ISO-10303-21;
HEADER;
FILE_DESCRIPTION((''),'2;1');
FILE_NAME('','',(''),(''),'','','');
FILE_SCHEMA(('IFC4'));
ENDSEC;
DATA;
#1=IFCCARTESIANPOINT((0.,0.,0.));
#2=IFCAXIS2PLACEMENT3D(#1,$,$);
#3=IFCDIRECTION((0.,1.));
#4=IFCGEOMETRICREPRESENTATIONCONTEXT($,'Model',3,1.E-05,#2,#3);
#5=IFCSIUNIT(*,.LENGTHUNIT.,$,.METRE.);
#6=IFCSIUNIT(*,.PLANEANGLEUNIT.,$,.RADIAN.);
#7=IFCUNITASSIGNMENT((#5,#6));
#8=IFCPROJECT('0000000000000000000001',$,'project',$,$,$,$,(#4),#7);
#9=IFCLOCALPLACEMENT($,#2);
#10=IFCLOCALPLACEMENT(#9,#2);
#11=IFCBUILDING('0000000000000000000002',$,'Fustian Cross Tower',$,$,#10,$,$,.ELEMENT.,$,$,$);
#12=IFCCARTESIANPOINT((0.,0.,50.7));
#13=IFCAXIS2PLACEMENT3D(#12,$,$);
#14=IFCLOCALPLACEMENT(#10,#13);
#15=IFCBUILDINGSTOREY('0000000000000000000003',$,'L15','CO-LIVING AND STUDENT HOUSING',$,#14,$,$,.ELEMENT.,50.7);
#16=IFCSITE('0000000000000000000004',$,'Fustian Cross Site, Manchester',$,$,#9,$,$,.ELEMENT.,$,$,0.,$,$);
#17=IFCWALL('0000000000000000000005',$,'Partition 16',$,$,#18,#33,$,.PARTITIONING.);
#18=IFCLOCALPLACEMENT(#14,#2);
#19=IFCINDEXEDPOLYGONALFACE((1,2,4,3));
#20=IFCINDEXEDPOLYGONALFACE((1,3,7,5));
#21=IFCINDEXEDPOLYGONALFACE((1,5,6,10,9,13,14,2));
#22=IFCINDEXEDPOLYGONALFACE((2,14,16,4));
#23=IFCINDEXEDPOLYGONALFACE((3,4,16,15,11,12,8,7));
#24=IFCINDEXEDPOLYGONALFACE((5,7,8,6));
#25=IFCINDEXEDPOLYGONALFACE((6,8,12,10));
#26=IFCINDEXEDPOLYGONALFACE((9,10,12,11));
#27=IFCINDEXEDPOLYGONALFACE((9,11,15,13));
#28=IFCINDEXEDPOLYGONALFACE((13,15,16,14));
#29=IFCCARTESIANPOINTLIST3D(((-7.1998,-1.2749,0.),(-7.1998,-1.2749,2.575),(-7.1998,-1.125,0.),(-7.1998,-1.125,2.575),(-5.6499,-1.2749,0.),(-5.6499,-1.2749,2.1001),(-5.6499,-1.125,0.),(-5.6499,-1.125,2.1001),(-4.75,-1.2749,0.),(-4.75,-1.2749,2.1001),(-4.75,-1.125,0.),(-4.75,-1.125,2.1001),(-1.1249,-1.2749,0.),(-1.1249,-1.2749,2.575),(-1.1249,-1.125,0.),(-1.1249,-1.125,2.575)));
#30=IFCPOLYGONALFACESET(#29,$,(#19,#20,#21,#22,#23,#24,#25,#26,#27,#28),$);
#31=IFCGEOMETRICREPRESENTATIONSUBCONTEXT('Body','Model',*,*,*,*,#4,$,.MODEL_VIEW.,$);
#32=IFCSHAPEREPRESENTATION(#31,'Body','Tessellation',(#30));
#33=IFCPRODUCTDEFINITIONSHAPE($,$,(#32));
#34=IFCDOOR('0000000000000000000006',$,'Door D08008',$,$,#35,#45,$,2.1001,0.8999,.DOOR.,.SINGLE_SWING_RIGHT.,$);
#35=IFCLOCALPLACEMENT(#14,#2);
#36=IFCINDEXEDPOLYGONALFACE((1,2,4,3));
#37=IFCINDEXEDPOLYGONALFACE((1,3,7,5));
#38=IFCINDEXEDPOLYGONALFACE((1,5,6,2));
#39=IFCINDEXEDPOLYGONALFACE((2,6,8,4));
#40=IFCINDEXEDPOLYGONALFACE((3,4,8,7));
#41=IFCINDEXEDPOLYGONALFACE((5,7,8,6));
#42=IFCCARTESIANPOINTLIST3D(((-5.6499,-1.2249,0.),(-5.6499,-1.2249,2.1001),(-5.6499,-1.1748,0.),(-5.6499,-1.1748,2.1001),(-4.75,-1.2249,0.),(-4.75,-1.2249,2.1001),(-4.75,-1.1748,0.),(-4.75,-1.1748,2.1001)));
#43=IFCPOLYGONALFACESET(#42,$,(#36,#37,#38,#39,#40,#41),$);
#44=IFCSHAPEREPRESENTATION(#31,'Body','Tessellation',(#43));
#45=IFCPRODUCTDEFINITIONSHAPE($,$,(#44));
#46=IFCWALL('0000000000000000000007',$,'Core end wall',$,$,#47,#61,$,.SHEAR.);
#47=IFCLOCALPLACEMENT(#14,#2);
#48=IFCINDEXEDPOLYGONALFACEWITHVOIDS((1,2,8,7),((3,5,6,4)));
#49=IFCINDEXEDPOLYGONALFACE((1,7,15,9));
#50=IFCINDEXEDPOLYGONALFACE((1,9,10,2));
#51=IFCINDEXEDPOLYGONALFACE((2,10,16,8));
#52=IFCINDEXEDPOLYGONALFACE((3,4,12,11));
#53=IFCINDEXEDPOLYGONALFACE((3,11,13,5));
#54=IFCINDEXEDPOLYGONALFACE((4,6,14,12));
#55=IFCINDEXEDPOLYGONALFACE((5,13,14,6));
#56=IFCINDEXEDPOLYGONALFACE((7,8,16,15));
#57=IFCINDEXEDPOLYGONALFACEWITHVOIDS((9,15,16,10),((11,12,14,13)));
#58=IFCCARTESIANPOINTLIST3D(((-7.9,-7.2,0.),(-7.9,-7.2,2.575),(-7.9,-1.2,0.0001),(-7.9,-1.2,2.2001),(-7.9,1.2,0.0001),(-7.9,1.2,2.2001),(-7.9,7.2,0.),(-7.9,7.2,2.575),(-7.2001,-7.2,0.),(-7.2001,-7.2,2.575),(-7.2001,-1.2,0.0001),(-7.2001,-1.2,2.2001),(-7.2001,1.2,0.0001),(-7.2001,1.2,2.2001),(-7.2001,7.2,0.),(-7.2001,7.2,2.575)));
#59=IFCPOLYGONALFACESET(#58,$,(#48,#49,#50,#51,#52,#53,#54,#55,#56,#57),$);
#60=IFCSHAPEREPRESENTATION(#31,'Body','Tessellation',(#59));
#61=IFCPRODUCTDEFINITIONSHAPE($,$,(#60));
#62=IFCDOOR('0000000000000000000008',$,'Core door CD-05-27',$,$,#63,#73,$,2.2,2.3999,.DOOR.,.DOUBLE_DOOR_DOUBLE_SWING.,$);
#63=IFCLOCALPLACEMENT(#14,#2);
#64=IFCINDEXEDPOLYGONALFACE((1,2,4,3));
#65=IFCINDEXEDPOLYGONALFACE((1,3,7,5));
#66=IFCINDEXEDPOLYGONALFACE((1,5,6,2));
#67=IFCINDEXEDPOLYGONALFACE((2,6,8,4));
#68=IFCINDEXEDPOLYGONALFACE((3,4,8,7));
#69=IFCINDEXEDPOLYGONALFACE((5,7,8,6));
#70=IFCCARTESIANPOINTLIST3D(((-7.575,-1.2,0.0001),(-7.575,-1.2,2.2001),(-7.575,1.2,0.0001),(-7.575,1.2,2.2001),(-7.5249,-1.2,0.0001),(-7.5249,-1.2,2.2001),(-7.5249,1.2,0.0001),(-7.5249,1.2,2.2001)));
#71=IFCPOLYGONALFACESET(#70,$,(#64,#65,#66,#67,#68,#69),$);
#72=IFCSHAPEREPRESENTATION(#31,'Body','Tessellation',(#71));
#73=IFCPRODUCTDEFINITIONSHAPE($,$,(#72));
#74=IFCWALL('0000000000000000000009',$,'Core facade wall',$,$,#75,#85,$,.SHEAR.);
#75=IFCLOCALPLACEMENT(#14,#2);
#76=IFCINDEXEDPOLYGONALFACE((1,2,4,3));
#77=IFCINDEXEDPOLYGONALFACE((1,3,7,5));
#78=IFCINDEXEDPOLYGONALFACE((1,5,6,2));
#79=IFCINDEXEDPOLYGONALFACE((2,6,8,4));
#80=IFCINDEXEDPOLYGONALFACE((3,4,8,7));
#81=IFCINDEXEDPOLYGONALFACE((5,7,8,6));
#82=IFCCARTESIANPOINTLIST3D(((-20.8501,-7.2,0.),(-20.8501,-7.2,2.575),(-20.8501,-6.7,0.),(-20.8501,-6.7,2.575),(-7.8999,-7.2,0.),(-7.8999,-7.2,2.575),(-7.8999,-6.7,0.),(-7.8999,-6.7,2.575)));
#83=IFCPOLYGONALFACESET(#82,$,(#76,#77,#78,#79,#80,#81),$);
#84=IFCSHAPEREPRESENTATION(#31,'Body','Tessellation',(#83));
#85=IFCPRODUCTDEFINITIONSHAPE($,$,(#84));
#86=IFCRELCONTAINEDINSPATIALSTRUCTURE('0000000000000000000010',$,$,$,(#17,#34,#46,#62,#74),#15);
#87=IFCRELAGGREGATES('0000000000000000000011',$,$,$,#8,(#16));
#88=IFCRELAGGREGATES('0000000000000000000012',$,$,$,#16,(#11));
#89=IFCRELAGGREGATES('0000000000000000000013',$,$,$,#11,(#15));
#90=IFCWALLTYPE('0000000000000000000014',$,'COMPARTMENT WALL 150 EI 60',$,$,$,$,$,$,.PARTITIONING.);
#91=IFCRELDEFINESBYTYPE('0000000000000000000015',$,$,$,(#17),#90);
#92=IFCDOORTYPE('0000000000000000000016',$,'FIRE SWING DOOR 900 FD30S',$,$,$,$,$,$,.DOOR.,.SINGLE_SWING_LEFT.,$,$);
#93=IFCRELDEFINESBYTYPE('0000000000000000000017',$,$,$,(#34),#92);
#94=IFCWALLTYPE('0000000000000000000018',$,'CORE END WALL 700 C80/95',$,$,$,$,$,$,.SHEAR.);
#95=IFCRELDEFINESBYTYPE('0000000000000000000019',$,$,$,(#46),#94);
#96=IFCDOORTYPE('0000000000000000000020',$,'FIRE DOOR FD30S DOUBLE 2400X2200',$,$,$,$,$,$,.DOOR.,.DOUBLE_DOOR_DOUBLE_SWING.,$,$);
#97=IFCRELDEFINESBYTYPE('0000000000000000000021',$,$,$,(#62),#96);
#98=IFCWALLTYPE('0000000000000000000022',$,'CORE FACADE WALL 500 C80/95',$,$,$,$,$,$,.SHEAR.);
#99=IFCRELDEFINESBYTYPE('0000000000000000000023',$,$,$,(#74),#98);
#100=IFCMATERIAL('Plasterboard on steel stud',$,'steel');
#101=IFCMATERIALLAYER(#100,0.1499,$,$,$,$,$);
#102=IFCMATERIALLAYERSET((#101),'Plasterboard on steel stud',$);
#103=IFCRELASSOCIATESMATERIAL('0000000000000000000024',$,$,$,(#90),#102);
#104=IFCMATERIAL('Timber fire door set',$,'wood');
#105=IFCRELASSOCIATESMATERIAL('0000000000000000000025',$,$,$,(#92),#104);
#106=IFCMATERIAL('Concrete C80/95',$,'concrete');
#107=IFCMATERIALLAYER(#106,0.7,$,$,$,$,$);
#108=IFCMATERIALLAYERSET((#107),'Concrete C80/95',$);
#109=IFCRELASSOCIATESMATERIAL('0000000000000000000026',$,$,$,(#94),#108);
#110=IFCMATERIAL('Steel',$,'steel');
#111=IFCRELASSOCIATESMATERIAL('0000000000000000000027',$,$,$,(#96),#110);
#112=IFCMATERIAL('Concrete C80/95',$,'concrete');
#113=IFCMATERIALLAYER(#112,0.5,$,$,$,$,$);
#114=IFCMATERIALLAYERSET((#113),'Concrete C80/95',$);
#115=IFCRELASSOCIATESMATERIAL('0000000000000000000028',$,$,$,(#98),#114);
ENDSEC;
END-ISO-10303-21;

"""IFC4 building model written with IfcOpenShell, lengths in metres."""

from ifc_helpers import new_model, si_unit, direction, frame, frame_2d, origin, place, context, subcontext, project, spatial, rectangle, extrude, material, layer, layer_set, type_object, element, fill, save


model = new_model("IFC4")

# Units and contexts
model_context = context("Model", 3, precision=1e-05, world=origin(), true_north=direction((0.0, 1.0)))
body_context = subcontext(model_context, "Body", "Model", "MODEL_VIEW")
ifc_project = project(units=[si_unit("LENGTHUNIT", "METRE"), si_unit("PLANEANGLEUNIT", "RADIAN")], contexts=[model_context])

# Site, building, storey
site_placement = place(None, origin())
site = spatial("IfcSite", under=ifc_project, at=site_placement, Name="Fustian Cross Site, Manchester", CompositionType="ELEMENT", RefElevation=0.0)
building_placement = place(site_placement, origin())
building = spatial("IfcBuilding", under=site, at=building_placement, Name="Fustian Cross Tower", CompositionType="ELEMENT")
storey_placement = place(building_placement, frame((0.0, 0.0, 50.7)))
storey = spatial("IfcBuildingStorey", under=building, at=storey_placement, Name="L15", Description="CO-LIVING AND STUDENT HOUSING", CompositionType="ELEMENT", Elevation=50.7)

# Walls, openings, doors
ifc_material_1 = material(Name="Plasterboard on steel stud", Category="steel")
ifc_layer_1 = layer(ifc_material_1, 0.1499)
ifc_layer_set_1 = layer_set([ifc_layer_1], Name="Plasterboard on steel stud")
wall_type_1 = type_object("IfcWallType", Name="COMPARTMENT WALL 150 EI 60", PredefinedType="PARTITIONING", material=ifc_layer_set_1)
wall_1_placement = place(storey_placement, frame((-7.2, -1.2, 0.0), z_axis=(0.0, 0.0, 1.0), x_axis=(1.0, 0.0, 0.0)))
wall_1 = element("IfcWall", 1, at=wall_1_placement, inside=storey, type_object=wall_type_1, Name="Partition 16", PredefinedType="PARTITIONING", context=body_context, shape_type="SweptSolid", body=[
    extrude(rectangle(XDim=6.075, YDim=0.1499, at=frame_2d((3.0376, 0.0))), origin(), (0.0, 0.0, 1.0), 2.575),
])
opening_1_placement = place(wall_1_placement, frame((1.55, 0.0, 0.0)))
opening_1 = element("IfcOpeningElement", 2, at=opening_1_placement, cuts=wall_1, PredefinedType="OPENING", context=body_context, shape_type="SweptSolid", body=[
    extrude(rectangle(XDim=0.8999, YDim=2.1001, at=frame_2d((0.45, 1.05))), frame((0.0, 0.085, 0.0), z_axis=(0.0, -1.0, 0.0), x_axis=(1.0, 0.0, 0.0)), (0.0, 0.0, 1.0), 0.1699),
])
ifc_material_2 = material(Name="Timber fire door set", Category="wood")
door_type_1 = type_object("IfcDoorType", Name="FIRE SWING DOOR 900 FD30S", OperationType="SINGLE_SWING_LEFT", PredefinedType="DOOR", material=ifc_material_2)
door_1_placement = place(opening_1_placement, frame((0.8999, 0.0, 0.0), z_axis=(0.0, 0.0, 1.0), x_axis=(-1.0, 0.0, 0.0)))
door_1 = element("IfcDoor", 3, at=door_1_placement, inside=storey, type_object=door_type_1, Name="Door D08008", OperationType="SINGLE_SWING_RIGHT", OverallHeight=2.1001, OverallWidth=0.8999, PredefinedType="DOOR", context=body_context, shape_type="SweptSolid", body=[
    extrude(rectangle(XDim=0.8999, YDim=2.1001, at=frame_2d((0.45, 1.05))), frame((0.0, 0.0249, 0.0), z_axis=(0.0, -1.0, 0.0), x_axis=(1.0, 0.0, 0.0)), (0.0, 0.0, 1.0), 0.05),
])
fill(opening_1, door_1)
ifc_material_3 = material(Name="Concrete C80/95", Category="concrete")
ifc_layer_2 = layer(ifc_material_3, 0.7)
ifc_layer_set_2 = layer_set([ifc_layer_2], Name="Concrete C80/95")
wall_type_2 = type_object("IfcWallType", Name="CORE END WALL 700 C80/95", PredefinedType="SHEAR", material=ifc_layer_set_2)
wall_2_placement = place(storey_placement, frame((-7.55, -7.2, 0.0), z_axis=(0.0, 0.0, 1.0), x_axis=(0.0, 1.0, 0.0)))
wall_2 = element("IfcWall", 4, at=wall_2_placement, inside=storey, type_object=wall_type_2, Name="Core end wall", PredefinedType="SHEAR", context=body_context, shape_type="SweptSolid", body=[
    extrude(rectangle(XDim=14.3999, YDim=0.7, at=frame_2d((7.2, 0.0))), origin(), (0.0, 0.0, 1.0), 2.575),
])
opening_2_placement = place(wall_2_placement, frame((6.0, 0.0, 0.0)))
opening_2 = element("IfcOpeningElement", 5, at=opening_2_placement, cuts=wall_2, PredefinedType="OPENING", context=body_context, shape_type="SweptSolid", body=[
    extrude(rectangle(XDim=2.3999, YDim=2.2, at=frame_2d((1.2, 1.1001))), frame((0.0, 0.3599, 0.0), z_axis=(0.0, -1.0, 0.0), x_axis=(1.0, 0.0, 0.0)), (0.0, 0.0, 1.0), 0.72),
])
ifc_material_4 = material(Name="Steel", Category="steel")
door_type_2 = type_object("IfcDoorType", Name="FIRE DOOR FD30S DOUBLE 2400X2200", OperationType="DOUBLE_DOOR_DOUBLE_SWING", PredefinedType="DOOR", material=ifc_material_4)
door_2_placement = place(opening_2_placement, origin())
door_2 = element("IfcDoor", 6, at=door_2_placement, inside=storey, type_object=door_type_2, Name="Core door CD-05-27", OperationType="DOUBLE_DOOR_DOUBLE_SWING", OverallHeight=2.2, OverallWidth=2.3999, PredefinedType="DOOR", context=body_context, shape_type="SweptSolid", body=[
    extrude(rectangle(XDim=2.3999, YDim=2.2, at=frame_2d((1.2, 1.1001))), frame((0.0, 0.0249, 0.0), z_axis=(0.0, -1.0, 0.0), x_axis=(1.0, 0.0, 0.0)), (0.0, 0.0, 1.0), 0.05),
])
fill(opening_2, door_2)

# Wall
ifc_material_5 = material(Name="Concrete C80/95", Category="concrete")
ifc_layer_3 = layer(ifc_material_5, 0.5)
ifc_layer_set_3 = layer_set([ifc_layer_3], Name="Concrete C80/95")
wall_type_3 = type_object("IfcWallType", Name="CORE FACADE WALL 500 C80/95", PredefinedType="SHEAR", material=ifc_layer_set_3)
wall_3_placement = place(storey_placement, frame((-7.8999, -6.95, 0.0), z_axis=(0.0, 0.0, 1.0), x_axis=(-1.0, 0.0, 0.0)))
element("IfcWall", 7, at=wall_3_placement, inside=storey, type_object=wall_type_3, Name="Core facade wall", PredefinedType="SHEAR", context=body_context, shape_type="SweptSolid", body=[
    extrude(rectangle(XDim=12.9502, YDim=0.5, at=frame_2d((6.4751, 0.0))), origin(), (0.0, 0.0, 1.0), 2.575),
])

save(model, "model.ifc")
